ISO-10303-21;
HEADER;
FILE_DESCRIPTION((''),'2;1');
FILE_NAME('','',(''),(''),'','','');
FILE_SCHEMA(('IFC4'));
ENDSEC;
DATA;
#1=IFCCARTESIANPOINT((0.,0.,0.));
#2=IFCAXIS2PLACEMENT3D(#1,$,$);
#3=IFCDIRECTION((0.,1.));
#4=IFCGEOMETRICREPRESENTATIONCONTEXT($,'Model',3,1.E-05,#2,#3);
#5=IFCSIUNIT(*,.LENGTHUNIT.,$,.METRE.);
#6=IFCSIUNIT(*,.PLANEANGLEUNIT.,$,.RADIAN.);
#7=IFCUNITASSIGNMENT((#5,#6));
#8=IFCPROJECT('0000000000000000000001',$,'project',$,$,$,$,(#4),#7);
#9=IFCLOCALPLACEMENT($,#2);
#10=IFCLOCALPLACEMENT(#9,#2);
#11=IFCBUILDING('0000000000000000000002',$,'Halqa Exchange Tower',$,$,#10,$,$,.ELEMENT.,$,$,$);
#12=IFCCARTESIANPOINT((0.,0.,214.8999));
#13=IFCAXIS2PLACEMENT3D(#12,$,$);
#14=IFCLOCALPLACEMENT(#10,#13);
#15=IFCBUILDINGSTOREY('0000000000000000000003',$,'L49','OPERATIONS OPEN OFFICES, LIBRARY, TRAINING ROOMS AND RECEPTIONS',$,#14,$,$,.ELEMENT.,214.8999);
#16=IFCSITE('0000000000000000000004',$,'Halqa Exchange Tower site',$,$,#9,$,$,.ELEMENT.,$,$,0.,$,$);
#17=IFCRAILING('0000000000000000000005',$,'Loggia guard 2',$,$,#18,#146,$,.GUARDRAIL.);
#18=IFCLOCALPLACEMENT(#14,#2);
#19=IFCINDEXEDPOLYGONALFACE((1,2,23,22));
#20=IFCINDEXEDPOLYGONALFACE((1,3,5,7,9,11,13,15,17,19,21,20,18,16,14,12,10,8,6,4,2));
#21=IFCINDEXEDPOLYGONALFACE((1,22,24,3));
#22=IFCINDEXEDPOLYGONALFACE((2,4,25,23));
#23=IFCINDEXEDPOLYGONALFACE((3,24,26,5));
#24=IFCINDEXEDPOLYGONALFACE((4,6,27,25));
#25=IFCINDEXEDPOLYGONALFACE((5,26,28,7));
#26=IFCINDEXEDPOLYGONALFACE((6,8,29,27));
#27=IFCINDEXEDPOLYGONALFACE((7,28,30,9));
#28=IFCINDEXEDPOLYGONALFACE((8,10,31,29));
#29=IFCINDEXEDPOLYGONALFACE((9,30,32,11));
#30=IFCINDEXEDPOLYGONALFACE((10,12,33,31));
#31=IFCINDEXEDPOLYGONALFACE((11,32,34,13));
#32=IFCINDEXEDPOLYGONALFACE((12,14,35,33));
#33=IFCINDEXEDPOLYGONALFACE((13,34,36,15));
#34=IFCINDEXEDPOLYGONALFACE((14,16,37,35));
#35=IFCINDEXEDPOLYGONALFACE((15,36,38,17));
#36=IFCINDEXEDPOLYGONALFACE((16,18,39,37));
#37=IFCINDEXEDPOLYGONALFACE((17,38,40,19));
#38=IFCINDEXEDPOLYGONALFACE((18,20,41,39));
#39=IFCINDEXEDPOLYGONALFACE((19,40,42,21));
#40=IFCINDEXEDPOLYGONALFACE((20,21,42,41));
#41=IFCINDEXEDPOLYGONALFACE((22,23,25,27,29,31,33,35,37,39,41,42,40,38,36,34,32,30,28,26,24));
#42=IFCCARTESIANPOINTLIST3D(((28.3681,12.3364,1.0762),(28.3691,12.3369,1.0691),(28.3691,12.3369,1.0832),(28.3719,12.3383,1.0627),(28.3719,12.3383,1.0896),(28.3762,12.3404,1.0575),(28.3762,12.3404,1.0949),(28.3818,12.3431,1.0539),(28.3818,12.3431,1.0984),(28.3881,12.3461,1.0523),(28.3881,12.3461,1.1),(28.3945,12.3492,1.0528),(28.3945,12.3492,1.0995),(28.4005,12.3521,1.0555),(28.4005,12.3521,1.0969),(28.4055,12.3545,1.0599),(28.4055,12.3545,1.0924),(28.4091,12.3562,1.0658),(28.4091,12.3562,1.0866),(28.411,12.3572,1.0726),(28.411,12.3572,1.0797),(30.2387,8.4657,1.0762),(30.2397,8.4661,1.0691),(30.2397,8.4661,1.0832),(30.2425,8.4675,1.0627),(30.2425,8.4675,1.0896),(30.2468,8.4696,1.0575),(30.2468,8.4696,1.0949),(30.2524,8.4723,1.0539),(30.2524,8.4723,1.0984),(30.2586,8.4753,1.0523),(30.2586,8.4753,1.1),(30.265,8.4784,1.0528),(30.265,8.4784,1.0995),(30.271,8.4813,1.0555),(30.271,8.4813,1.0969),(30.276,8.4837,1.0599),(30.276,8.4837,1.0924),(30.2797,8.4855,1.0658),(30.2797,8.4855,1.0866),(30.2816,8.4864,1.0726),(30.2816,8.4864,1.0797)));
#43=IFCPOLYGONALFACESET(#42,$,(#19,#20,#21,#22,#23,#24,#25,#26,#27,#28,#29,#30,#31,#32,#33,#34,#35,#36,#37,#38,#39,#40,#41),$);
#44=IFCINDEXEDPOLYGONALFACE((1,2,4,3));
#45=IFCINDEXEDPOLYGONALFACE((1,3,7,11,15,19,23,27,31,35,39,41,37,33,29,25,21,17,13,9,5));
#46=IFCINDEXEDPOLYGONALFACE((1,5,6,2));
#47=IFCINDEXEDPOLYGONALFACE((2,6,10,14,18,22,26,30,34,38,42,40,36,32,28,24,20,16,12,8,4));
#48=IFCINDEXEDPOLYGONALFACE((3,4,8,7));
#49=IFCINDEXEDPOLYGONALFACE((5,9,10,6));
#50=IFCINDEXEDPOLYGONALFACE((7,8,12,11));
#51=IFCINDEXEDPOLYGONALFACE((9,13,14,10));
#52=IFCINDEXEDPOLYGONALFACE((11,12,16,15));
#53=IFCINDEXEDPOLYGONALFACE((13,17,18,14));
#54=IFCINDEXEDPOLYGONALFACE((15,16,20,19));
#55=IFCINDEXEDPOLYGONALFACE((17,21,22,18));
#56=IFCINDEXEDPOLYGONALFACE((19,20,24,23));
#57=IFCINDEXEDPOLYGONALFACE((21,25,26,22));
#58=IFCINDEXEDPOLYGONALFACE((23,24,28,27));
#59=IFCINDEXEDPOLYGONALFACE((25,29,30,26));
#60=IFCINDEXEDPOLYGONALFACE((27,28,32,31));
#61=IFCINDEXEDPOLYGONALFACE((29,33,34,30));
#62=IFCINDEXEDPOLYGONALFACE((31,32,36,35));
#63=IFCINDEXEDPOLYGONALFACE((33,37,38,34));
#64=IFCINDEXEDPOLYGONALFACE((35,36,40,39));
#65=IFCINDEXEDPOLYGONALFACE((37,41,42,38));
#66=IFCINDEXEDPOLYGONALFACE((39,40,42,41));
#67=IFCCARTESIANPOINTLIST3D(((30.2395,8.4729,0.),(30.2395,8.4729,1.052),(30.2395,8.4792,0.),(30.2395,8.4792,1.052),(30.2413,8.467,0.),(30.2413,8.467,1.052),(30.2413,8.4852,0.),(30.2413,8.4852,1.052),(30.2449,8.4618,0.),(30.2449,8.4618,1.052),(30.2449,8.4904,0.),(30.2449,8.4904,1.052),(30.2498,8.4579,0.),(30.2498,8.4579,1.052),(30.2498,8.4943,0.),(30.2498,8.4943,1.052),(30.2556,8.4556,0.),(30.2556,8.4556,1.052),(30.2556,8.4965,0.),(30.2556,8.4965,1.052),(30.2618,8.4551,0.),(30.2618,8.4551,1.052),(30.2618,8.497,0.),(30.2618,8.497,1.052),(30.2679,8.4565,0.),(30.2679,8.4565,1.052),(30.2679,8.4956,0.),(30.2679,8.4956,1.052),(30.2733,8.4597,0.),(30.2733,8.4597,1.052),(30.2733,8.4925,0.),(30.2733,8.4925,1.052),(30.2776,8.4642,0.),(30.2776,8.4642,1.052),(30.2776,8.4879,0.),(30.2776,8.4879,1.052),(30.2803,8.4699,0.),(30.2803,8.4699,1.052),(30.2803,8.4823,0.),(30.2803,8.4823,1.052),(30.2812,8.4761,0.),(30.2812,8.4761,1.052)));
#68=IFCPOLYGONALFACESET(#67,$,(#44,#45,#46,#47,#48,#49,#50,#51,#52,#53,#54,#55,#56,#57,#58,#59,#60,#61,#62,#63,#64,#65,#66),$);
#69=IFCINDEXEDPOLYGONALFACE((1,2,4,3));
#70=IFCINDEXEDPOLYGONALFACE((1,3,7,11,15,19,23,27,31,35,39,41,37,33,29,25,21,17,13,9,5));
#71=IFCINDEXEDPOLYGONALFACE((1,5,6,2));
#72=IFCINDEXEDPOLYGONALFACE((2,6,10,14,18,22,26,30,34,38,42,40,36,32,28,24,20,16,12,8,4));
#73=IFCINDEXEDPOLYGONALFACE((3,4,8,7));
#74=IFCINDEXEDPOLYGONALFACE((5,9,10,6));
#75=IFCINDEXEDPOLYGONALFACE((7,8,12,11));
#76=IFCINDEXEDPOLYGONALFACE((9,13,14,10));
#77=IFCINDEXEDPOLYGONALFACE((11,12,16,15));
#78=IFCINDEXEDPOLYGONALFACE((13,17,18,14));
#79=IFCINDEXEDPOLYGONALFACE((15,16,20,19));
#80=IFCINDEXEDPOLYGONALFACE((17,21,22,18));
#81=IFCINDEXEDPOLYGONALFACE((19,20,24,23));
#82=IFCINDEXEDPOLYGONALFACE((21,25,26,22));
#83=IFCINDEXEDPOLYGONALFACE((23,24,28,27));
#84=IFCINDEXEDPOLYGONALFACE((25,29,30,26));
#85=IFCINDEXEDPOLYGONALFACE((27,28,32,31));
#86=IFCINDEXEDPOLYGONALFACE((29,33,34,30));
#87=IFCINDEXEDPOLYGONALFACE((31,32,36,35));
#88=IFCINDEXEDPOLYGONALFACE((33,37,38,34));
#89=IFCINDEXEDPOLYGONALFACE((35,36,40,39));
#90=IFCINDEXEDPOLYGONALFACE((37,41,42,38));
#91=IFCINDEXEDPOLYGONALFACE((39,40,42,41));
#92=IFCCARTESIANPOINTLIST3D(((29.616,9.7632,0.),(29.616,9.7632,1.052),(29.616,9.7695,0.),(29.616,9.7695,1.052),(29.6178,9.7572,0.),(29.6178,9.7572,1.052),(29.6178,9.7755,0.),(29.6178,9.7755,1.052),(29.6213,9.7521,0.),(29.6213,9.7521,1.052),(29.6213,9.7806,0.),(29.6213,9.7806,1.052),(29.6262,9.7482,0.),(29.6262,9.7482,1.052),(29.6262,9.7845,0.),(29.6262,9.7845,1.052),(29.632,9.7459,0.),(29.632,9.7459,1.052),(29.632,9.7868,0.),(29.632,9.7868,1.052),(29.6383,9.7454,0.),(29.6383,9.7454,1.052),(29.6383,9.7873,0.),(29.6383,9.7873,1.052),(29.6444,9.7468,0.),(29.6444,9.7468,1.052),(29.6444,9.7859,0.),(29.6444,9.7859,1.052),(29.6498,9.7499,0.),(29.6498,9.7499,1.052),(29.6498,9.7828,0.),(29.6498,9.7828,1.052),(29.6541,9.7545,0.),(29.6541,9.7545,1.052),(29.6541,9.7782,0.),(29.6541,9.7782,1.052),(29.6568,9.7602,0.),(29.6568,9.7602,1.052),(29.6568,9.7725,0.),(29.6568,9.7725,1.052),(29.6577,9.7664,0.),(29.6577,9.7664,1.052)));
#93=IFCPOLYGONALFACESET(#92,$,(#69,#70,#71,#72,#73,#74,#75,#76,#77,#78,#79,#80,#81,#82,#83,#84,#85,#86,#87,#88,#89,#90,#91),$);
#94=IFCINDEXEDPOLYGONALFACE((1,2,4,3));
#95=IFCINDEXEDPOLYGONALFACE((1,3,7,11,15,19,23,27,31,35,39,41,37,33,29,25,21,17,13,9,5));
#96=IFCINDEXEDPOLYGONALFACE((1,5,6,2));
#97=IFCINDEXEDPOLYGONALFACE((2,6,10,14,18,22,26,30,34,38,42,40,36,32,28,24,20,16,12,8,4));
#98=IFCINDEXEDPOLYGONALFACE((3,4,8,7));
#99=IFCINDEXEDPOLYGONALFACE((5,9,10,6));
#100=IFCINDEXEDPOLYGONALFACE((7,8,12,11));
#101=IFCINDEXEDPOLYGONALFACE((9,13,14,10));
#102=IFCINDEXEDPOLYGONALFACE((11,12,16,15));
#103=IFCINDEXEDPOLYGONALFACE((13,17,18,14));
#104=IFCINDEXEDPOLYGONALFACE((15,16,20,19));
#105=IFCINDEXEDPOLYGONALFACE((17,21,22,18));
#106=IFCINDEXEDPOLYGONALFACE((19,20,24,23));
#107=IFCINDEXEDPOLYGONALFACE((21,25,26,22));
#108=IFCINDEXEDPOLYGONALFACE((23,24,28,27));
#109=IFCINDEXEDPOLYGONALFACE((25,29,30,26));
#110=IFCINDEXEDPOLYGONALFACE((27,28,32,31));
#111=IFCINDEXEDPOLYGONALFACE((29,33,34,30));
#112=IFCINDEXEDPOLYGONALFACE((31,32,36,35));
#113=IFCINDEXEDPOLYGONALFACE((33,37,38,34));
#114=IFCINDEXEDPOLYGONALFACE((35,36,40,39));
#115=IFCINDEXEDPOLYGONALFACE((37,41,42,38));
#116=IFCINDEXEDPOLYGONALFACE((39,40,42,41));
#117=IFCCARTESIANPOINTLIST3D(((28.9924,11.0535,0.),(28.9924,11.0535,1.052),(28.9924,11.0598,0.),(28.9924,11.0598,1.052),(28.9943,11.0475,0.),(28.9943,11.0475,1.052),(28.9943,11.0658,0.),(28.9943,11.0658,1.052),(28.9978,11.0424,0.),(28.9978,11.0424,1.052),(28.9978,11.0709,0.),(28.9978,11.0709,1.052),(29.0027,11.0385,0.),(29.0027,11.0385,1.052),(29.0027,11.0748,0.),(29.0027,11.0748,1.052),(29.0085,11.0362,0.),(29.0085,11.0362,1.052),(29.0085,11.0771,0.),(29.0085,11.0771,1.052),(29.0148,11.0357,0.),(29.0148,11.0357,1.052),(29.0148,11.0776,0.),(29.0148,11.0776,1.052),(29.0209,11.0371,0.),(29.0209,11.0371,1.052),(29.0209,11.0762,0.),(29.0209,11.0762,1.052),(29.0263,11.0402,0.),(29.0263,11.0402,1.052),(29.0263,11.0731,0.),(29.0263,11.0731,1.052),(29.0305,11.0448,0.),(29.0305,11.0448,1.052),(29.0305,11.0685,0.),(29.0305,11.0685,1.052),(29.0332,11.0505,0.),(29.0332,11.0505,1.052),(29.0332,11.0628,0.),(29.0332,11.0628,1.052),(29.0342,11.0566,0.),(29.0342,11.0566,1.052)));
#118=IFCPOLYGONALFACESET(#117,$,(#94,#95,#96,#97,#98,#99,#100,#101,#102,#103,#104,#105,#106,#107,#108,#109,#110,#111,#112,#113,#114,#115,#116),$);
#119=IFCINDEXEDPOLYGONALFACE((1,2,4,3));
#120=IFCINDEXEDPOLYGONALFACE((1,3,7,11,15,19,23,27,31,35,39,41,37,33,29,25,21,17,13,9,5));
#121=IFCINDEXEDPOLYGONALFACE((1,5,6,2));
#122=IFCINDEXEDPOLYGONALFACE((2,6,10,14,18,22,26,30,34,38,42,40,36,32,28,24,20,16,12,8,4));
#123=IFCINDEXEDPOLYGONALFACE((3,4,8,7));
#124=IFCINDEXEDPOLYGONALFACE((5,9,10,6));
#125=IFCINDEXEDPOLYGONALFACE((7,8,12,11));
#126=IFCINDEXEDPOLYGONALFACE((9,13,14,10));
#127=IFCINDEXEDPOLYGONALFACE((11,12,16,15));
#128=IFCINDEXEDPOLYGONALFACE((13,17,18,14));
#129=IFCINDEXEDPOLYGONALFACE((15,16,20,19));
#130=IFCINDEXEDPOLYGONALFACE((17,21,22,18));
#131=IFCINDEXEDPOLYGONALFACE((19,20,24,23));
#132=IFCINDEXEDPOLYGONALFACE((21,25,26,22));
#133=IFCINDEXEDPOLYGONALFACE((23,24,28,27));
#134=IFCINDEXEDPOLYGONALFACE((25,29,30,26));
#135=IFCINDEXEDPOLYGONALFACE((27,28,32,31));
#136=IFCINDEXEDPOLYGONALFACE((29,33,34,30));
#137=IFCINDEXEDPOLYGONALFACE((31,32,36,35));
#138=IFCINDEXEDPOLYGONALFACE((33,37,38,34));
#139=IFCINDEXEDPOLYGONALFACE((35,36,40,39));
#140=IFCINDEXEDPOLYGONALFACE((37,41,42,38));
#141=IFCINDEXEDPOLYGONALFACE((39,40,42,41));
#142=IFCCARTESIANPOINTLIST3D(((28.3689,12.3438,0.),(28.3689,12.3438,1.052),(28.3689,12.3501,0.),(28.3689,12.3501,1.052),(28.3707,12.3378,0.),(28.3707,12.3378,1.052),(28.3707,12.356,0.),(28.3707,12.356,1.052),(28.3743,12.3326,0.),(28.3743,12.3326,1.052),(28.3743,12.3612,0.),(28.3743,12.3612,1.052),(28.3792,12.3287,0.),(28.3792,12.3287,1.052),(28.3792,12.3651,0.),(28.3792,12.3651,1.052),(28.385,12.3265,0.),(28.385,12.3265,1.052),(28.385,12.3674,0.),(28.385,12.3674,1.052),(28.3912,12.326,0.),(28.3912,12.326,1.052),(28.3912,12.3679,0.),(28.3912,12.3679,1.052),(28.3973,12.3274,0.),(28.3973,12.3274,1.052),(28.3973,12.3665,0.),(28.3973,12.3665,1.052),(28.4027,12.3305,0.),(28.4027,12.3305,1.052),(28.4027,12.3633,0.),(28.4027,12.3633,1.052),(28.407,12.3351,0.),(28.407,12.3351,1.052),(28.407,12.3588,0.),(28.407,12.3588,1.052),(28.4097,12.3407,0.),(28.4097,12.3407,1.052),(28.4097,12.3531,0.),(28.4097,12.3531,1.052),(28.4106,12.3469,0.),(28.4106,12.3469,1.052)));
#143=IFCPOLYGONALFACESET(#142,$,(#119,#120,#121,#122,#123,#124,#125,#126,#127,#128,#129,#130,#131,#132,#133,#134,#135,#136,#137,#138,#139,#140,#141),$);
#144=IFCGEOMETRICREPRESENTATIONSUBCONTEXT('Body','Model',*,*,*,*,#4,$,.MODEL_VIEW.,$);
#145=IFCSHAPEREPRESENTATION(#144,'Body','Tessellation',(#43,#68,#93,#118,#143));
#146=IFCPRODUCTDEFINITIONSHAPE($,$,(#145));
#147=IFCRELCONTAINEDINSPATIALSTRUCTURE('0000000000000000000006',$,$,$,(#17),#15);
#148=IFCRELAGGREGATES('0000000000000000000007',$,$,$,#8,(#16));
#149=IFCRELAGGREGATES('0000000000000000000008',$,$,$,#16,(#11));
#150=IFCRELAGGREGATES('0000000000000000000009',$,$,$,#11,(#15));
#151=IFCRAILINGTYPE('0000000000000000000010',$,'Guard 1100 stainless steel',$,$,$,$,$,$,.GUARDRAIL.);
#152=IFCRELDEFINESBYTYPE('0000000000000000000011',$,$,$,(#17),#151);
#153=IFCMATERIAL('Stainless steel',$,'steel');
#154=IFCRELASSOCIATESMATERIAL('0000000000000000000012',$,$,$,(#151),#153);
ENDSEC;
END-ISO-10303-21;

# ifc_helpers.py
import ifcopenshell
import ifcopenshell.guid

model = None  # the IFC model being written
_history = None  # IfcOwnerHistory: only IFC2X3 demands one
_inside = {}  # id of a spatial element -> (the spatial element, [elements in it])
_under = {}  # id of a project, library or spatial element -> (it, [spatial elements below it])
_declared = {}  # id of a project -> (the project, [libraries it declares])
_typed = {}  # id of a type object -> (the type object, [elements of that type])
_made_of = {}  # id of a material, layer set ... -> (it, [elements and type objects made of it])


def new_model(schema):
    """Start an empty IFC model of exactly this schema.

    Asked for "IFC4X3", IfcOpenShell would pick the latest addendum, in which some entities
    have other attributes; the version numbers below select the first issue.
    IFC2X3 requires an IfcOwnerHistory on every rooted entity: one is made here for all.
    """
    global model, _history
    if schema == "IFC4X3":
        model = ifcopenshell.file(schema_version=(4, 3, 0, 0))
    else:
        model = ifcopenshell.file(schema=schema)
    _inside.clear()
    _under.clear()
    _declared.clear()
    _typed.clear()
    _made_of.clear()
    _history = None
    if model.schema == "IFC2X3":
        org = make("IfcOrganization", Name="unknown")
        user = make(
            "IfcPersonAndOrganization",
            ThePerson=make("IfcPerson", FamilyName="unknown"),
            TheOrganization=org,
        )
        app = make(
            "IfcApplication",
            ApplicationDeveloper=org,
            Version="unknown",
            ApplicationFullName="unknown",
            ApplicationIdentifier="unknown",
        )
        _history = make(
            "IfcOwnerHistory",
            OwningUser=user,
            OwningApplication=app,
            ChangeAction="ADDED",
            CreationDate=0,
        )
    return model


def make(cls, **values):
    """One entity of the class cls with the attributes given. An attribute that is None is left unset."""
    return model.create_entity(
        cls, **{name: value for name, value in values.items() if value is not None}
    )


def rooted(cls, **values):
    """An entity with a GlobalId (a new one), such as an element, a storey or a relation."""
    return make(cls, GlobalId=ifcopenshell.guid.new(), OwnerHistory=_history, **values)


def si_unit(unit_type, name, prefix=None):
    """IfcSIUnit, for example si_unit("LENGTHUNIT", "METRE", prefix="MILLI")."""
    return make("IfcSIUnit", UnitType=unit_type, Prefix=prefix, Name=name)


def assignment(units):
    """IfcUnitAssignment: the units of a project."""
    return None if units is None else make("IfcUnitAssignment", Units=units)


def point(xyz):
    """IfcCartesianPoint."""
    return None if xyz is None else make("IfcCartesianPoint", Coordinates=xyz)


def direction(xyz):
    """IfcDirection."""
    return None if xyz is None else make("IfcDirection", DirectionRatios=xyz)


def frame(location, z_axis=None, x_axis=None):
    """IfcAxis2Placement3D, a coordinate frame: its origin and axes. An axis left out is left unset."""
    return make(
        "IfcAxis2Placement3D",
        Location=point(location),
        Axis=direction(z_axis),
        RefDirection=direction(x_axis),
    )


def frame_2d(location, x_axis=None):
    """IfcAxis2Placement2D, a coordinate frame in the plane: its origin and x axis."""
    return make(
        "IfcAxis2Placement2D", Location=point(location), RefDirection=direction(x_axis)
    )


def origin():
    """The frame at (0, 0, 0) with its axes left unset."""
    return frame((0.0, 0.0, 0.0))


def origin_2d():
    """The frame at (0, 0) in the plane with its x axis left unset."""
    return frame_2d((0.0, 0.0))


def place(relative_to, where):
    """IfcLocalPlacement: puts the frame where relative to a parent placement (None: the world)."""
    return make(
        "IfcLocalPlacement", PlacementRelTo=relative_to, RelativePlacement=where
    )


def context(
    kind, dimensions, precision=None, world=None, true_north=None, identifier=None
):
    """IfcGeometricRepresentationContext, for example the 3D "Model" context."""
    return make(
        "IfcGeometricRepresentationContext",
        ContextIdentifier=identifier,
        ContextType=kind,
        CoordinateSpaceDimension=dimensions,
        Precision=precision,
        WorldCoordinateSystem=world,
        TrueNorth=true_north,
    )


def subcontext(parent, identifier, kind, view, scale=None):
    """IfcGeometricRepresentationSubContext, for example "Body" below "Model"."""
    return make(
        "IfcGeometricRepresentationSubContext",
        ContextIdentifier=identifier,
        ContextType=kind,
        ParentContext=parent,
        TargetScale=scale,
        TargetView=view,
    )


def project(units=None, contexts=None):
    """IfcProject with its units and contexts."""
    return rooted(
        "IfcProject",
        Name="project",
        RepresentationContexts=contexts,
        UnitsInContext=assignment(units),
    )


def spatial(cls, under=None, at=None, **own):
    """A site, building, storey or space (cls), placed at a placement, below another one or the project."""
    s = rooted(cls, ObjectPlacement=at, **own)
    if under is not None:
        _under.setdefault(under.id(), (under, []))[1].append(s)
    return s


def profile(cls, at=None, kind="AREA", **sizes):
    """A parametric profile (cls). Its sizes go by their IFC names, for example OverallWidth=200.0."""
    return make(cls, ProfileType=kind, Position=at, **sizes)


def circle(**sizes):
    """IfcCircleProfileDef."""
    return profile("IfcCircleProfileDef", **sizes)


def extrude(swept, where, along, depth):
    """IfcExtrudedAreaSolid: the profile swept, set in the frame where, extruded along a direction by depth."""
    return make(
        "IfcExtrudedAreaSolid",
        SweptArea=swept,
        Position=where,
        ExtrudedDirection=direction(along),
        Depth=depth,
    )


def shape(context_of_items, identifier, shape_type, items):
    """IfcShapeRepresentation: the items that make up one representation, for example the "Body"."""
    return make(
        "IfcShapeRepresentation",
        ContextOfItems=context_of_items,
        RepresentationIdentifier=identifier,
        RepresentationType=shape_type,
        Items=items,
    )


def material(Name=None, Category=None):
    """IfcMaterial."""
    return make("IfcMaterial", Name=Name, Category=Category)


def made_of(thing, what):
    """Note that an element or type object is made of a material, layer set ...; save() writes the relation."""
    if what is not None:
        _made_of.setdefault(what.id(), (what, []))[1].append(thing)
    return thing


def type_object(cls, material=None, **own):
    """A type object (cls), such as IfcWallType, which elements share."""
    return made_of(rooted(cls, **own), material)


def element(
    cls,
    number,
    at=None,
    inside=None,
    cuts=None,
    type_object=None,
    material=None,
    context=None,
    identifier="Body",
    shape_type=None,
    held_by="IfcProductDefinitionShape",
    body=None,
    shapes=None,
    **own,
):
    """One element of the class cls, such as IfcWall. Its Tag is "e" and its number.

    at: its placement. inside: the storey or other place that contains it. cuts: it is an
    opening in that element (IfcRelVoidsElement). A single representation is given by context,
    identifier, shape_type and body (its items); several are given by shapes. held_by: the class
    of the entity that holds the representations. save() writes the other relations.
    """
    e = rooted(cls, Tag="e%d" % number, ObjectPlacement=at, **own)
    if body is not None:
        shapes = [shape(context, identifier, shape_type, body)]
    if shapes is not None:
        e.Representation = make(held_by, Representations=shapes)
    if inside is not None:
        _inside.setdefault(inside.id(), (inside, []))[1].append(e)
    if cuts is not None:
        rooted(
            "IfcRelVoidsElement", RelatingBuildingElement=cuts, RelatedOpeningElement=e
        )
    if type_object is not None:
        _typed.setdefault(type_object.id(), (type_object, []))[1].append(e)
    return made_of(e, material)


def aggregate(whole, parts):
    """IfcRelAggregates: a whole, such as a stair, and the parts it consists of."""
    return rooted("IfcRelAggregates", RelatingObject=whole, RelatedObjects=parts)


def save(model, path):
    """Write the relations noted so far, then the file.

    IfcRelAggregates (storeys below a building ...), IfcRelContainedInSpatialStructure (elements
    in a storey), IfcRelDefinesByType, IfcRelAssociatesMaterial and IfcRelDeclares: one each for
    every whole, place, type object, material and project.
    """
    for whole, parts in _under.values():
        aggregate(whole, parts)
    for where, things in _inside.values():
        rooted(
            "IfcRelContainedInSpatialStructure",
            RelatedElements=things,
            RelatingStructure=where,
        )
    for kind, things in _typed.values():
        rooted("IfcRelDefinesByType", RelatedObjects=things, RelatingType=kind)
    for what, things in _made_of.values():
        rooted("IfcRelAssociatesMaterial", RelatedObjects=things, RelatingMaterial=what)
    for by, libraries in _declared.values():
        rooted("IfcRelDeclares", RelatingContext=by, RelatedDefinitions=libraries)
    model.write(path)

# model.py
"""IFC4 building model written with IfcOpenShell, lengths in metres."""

from ifc_helpers import new_model, si_unit, direction, frame, origin, origin_2d, place, context, subcontext, project, spatial, circle, extrude, material, type_object, element, save


model = new_model("IFC4")

# Units and contexts
model_context = context("Model", 3, precision=1e-05, world=origin(), true_north=direction((0.0, 1.0)))
body_context = subcontext(model_context, "Body", "Model", "MODEL_VIEW")
ifc_project = project(units=[si_unit("LENGTHUNIT", "METRE"), si_unit("PLANEANGLEUNIT", "RADIAN")], contexts=[model_context])

# Site, building, storey
site_placement = place(None, origin())
site = spatial("IfcSite", under=ifc_project, at=site_placement, Name="Halqa Exchange Tower site", CompositionType="ELEMENT", RefElevation=0.0)
building_placement = place(site_placement, origin())
building = spatial("IfcBuilding", under=site, at=building_placement, Name="Halqa Exchange Tower", CompositionType="ELEMENT")
storey_placement = place(building_placement, frame((0.0, 0.0, 214.8999)))
storey = spatial("IfcBuildingStorey", under=building, at=storey_placement, Name="L49", Description="OPERATIONS OPEN OFFICES, LIBRARY, TRAINING ROOMS AND RECEPTIONS", CompositionType="ELEMENT", Elevation=214.8999)

# Railing
ifc_material_1 = material(Name="Stainless steel", Category="steel")
railing_type = type_object("IfcRailingType", Name="Guard 1100 stainless steel", PredefinedType="GUARDRAIL", material=ifc_material_1)
railing_1_placement = place(storey_placement, frame((30.2603, 8.4761, 0.0)))
element("IfcRailing", 1, at=railing_1_placement, inside=storey, type_object=railing_type, Name="Loggia guard 2", PredefinedType="GUARDRAIL", context=body_context, shape_type="SweptSolid", body=[
    extrude(circle(Radius=0.0239, at=origin_2d()), frame((0.0, 0.0, 1.0762), z_axis=(-0.435111, 0.900377, 0.0), x_axis=(-0.900377, -0.435111, 0.0)), (0.0, 0.0, 1.0), 4.2991),
    extrude(circle(Radius=0.021, at=origin_2d()), origin(), (0.0, 0.0, 1.0), 1.052),
    extrude(circle(Radius=0.021, at=origin_2d()), frame((-0.6235, 1.2903, 0.0)), (0.0, 0.0, 1.0), 1.052),
    extrude(circle(Radius=0.021, at=origin_2d()), frame((-1.2471, 2.5806, 0.0)), (0.0, 0.0, 1.0), 1.052),
    extrude(circle(Radius=0.021, at=origin_2d()), frame((-1.8706, 3.8708, 0.0)), (0.0, 0.0, 1.0), 1.052),
])

save(model, "model.ifc")
